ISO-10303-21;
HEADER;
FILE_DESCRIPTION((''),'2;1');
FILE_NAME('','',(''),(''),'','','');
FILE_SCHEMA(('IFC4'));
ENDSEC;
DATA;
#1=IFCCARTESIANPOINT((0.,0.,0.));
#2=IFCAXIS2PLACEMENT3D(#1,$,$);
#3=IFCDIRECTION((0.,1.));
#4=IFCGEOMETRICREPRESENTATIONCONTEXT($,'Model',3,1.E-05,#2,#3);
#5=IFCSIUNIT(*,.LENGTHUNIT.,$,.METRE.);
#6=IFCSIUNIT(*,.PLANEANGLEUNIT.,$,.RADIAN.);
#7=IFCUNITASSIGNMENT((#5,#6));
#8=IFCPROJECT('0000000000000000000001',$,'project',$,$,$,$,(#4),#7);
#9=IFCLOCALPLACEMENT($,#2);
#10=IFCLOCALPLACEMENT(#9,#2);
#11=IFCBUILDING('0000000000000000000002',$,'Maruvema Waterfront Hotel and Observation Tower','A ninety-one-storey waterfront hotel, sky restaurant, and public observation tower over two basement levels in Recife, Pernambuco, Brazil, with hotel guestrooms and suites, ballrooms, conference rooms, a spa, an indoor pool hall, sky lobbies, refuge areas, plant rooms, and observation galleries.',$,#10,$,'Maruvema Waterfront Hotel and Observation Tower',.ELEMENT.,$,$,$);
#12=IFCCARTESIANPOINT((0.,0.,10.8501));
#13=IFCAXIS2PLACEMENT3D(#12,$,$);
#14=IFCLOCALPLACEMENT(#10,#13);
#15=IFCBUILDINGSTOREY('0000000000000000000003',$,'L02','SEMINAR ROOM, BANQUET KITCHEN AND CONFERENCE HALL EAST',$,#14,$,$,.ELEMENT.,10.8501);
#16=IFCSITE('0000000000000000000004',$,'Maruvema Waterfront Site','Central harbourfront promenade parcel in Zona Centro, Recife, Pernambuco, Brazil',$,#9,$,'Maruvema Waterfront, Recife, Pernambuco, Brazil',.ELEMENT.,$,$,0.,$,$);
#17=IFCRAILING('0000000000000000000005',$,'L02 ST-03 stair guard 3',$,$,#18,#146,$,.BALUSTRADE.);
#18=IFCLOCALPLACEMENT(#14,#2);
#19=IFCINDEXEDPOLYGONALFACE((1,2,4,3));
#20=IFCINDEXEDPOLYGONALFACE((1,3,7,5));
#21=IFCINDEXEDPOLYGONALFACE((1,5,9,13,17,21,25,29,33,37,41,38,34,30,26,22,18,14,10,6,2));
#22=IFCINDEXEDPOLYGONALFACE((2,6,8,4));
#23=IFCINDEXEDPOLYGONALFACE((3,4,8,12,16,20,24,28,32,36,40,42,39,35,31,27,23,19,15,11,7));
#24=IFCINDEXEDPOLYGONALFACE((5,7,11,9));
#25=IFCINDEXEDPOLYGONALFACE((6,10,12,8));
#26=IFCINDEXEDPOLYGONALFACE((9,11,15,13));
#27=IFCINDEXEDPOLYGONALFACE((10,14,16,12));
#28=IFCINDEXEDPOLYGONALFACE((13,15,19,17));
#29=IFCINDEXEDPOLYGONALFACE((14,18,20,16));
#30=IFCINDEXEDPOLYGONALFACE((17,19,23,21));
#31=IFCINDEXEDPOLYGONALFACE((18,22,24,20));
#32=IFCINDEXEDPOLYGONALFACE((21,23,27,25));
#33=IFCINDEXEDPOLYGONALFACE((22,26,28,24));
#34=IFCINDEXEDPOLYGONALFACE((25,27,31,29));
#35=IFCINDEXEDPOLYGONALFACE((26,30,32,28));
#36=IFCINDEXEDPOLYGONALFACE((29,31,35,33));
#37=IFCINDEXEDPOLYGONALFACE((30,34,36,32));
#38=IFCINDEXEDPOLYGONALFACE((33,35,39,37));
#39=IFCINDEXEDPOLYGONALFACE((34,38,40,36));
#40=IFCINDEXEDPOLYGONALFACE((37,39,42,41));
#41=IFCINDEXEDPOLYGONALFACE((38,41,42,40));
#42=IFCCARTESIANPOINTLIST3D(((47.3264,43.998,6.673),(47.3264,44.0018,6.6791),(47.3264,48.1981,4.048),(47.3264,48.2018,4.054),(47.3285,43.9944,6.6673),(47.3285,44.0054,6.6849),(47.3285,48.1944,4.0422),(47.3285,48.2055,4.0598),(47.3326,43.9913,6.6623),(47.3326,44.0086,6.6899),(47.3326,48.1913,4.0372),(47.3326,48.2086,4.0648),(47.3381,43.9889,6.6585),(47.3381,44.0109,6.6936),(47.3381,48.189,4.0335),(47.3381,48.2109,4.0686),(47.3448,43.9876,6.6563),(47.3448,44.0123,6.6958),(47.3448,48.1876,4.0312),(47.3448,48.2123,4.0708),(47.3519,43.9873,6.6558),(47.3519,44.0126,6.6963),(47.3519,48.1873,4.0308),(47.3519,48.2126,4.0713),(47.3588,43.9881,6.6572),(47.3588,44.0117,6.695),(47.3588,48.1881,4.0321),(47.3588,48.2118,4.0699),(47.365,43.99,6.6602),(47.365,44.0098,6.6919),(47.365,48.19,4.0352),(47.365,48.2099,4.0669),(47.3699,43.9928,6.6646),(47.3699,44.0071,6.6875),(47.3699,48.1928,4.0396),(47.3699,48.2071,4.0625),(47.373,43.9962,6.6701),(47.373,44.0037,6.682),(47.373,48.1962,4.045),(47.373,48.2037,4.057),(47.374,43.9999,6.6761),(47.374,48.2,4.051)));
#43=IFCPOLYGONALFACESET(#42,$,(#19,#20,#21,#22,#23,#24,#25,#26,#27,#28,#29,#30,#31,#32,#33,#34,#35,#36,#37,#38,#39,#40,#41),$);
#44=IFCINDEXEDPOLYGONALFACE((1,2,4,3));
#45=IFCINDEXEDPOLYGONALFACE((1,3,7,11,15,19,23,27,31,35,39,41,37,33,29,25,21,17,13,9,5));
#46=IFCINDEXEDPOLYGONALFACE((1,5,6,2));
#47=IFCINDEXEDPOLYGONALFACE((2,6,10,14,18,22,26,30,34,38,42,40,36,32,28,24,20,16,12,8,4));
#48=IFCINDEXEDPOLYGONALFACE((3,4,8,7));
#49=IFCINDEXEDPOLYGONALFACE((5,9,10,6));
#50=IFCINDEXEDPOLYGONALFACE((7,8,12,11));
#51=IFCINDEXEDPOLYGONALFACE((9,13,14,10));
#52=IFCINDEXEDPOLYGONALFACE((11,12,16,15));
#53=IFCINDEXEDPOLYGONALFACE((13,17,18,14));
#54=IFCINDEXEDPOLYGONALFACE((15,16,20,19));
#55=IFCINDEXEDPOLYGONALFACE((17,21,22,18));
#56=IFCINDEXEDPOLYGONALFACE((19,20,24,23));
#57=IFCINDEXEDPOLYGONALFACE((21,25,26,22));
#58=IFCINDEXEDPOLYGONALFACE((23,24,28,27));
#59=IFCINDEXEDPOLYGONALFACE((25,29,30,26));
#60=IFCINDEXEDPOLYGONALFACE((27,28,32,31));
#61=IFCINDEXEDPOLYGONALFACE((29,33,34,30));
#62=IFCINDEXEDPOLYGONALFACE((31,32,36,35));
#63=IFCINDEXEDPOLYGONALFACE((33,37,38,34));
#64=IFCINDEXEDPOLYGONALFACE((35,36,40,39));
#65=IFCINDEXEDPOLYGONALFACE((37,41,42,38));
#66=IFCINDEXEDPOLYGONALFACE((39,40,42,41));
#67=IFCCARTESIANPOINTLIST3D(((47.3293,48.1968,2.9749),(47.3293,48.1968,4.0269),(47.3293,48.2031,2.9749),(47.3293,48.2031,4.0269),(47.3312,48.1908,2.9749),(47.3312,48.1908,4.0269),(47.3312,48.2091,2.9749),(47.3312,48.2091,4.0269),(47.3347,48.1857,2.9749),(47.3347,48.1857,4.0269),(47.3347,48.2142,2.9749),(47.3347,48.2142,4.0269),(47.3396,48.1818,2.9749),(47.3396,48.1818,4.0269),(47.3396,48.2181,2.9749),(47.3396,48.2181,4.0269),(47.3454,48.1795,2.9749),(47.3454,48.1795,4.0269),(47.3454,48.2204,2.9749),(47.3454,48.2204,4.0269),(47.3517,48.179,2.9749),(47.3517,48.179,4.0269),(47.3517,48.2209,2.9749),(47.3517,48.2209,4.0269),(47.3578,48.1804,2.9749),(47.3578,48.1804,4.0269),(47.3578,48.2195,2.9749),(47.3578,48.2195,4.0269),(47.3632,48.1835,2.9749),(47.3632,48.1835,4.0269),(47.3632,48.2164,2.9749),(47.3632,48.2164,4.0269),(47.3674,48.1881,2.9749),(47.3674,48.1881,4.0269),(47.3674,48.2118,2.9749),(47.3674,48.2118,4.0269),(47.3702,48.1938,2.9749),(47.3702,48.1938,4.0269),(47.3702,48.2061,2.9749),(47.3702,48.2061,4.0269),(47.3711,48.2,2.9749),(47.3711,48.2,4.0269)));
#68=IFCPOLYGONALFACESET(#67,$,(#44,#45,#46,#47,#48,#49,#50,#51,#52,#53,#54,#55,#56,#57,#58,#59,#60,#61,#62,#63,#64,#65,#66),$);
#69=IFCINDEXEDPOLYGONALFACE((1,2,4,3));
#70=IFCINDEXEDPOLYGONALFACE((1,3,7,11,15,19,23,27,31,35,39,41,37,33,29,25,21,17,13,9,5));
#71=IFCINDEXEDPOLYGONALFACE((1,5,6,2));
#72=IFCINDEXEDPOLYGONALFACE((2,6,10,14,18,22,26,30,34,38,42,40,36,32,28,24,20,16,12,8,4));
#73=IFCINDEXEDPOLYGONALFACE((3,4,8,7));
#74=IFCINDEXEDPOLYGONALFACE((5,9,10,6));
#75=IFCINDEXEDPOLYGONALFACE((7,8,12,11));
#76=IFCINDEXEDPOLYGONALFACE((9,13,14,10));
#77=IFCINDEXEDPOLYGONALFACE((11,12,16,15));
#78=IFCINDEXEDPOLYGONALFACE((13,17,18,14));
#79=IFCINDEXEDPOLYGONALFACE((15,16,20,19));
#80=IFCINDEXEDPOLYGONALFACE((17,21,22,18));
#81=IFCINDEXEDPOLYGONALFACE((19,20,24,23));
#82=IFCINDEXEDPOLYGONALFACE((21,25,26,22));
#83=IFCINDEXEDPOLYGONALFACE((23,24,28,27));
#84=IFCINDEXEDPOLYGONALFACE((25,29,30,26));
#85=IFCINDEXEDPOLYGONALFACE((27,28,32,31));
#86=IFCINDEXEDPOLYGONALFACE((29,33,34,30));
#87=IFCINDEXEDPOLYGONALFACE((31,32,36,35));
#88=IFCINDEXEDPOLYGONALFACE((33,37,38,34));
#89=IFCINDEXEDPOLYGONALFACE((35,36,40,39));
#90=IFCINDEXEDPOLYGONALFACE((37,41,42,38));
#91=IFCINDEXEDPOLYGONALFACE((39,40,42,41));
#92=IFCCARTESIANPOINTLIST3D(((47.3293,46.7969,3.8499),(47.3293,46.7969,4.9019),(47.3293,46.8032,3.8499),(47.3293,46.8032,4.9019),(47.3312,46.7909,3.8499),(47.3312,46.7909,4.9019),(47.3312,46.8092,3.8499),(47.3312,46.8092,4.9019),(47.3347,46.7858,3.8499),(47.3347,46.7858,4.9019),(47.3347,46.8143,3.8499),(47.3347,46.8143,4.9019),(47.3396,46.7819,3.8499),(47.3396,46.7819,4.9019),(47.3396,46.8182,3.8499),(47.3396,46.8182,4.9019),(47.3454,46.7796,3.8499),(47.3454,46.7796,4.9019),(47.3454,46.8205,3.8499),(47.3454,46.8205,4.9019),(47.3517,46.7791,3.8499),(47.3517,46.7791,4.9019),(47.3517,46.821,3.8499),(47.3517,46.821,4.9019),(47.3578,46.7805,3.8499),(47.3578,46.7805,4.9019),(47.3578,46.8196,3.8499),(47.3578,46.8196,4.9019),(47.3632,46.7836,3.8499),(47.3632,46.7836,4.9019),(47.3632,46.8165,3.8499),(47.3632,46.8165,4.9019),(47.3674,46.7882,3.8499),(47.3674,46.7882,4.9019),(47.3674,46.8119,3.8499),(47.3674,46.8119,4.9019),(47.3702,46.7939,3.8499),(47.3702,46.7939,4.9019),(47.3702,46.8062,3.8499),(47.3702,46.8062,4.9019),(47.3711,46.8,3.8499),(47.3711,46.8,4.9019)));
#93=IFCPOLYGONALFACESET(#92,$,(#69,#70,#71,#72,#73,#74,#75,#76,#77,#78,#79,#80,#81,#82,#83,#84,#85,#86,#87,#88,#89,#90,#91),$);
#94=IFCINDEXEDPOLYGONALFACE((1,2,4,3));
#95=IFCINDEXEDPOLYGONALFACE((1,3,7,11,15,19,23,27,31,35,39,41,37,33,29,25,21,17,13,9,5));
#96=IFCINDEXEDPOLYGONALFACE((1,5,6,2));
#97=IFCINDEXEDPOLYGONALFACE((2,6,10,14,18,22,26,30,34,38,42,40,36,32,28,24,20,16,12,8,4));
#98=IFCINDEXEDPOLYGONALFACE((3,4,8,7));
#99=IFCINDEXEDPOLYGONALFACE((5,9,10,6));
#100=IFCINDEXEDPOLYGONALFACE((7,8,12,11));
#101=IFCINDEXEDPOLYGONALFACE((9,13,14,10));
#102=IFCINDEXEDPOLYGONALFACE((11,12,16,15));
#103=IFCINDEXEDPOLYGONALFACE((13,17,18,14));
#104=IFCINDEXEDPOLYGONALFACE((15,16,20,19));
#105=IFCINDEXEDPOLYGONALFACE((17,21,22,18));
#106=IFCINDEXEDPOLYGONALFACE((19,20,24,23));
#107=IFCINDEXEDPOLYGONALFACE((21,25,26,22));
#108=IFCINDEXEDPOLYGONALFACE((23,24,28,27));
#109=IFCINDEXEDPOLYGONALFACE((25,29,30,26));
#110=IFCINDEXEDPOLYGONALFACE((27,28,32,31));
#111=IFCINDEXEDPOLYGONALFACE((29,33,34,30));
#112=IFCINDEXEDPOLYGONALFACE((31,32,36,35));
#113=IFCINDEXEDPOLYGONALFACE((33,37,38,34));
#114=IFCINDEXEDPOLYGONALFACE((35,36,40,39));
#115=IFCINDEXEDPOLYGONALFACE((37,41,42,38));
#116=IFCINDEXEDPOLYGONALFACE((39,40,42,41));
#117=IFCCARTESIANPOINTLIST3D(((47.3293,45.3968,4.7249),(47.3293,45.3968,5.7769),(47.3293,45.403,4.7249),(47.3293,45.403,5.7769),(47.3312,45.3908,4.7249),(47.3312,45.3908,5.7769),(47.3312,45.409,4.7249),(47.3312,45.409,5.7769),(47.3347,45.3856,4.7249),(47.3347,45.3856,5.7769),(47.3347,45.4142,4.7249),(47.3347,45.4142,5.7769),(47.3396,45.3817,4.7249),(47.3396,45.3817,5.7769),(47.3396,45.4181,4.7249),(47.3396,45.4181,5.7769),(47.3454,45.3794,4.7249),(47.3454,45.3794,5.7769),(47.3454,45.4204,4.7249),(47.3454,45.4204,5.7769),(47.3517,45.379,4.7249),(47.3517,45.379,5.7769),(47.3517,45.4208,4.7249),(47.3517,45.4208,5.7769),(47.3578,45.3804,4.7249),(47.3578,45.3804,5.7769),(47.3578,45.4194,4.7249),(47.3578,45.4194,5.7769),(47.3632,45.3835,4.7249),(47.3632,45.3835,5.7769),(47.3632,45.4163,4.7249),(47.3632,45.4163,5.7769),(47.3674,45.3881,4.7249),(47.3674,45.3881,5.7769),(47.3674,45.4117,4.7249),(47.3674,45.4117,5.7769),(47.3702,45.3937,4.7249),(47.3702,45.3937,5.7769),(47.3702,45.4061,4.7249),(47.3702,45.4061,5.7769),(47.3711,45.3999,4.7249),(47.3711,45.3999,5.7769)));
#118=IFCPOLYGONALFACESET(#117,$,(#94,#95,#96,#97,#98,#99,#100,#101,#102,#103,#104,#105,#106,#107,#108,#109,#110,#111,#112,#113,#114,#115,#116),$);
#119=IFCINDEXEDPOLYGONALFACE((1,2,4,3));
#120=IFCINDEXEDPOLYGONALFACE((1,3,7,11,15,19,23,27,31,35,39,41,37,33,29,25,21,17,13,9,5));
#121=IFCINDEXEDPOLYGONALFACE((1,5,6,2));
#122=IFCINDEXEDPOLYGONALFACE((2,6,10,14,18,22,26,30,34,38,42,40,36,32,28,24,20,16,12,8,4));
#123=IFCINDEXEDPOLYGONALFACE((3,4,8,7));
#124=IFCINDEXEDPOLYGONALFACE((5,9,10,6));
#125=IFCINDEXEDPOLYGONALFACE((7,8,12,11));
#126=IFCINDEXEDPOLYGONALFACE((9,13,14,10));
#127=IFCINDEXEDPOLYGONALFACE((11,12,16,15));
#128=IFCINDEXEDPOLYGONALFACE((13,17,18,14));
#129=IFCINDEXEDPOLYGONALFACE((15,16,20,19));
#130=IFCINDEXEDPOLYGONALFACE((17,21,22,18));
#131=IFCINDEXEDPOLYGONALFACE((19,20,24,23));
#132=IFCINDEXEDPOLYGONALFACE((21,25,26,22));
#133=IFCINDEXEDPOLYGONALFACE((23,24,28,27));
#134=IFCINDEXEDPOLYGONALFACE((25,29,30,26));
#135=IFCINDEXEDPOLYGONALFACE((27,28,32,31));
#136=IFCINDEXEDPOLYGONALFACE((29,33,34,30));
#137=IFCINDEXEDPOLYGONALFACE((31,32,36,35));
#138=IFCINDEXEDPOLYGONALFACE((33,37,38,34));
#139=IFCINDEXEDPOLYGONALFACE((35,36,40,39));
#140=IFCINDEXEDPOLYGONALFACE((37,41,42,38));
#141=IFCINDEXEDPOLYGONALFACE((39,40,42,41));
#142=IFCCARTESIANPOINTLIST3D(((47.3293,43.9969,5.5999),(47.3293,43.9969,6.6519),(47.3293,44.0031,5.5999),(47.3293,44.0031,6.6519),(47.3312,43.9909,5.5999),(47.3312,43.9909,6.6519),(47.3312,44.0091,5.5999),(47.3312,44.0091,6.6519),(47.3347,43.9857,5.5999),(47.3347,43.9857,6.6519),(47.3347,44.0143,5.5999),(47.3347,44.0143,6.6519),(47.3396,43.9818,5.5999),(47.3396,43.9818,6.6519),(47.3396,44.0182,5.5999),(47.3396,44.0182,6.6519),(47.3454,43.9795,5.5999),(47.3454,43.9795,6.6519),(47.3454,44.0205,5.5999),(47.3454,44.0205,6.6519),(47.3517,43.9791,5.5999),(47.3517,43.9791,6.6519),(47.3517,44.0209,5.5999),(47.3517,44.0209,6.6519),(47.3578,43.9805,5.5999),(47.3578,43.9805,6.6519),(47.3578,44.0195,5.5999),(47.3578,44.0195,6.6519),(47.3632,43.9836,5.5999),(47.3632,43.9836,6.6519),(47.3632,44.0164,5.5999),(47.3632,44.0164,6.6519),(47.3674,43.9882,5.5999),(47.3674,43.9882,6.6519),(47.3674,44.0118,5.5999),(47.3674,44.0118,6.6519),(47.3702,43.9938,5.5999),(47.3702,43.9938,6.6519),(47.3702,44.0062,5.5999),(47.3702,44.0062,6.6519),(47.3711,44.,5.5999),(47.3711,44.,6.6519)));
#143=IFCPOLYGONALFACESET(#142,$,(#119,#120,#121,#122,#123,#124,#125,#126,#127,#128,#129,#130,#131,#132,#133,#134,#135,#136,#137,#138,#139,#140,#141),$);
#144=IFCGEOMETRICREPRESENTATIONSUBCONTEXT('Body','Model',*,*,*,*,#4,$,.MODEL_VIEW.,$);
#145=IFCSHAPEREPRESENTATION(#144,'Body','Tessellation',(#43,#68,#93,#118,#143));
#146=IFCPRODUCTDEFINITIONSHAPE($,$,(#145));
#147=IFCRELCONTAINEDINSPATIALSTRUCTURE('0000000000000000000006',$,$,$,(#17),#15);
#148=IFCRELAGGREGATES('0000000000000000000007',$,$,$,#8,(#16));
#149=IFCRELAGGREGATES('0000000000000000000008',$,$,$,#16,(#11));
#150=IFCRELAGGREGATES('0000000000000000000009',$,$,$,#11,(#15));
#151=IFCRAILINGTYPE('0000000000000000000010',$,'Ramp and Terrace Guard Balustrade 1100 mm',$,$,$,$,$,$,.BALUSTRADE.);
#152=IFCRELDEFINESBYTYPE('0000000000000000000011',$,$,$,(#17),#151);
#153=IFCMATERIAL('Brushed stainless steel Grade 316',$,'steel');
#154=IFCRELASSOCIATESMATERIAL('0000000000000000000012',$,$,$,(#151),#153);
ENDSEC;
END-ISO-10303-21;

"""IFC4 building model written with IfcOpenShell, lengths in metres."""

from ifc_helpers import new_model, si_unit, direction, frame, origin, origin_2d, place, context, subcontext, project, spatial, circle, extrude, material, type_object, element, save


model = new_model("IFC4")

# Units and contexts
model_context = context("Model", 3, precision=1e-05, world=origin(), true_north=direction((0.0, 1.0)))
body_context = subcontext(model_context, "Body", "Model", "MODEL_VIEW")
ifc_project = project(units=[si_unit("LENGTHUNIT", "METRE"), si_unit("PLANEANGLEUNIT", "RADIAN")], contexts=[model_context])

# Site, building, storey
site_placement = place(None, origin())
site = spatial("IfcSite", under=ifc_project, at=site_placement, Name="Maruvema Waterfront Site", Description="Central harbourfront promenade parcel in Zona Centro, Recife, Pernambuco, Brazil", LongName="Maruvema Waterfront, Recife, Pernambuco, Brazil", CompositionType="ELEMENT", RefElevation=0.0)
building_placement = place(site_placement, origin())
building = spatial("IfcBuilding", under=site, at=building_placement, Name="Maruvema Waterfront Hotel and Observation Tower", Description="A ninety-one-storey waterfront hotel, sky restaurant, and public observation tower over two basement levels in Recife, Pernambuco, Brazil, with hotel guestrooms and suites, ballrooms, conference rooms, a spa, an indoor pool hall, sky lobbies, refuge areas, plant rooms, and observation galleries.", LongName="Maruvema Waterfront Hotel and Observation Tower", CompositionType="ELEMENT")
storey_placement = place(building_placement, frame((0.0, 0.0, 10.8501)))
storey = spatial("IfcBuildingStorey", under=building, at=storey_placement, Name="L02", Description="SEMINAR ROOM, BANQUET KITCHEN AND CONFERENCE HALL EAST", CompositionType="ELEMENT", Elevation=10.8501)

# Railing
ifc_material_1 = material(Name="Brushed stainless steel Grade 316", Category="steel")
railing_type_1 = type_object("IfcRailingType", Name="Ramp and Terrace Guard Balustrade 1100 mm", PredefinedType="BALUSTRADE", material=ifc_material_1)
railing_1_placement = place(storey_placement, frame((47.3501, 48.2, 2.9749)))
element("IfcRailing", 1, at=railing_1_placement, inside=storey, type_object=railing_type_1, Name="L02 ST-03 stair guard 3", PredefinedType="BALUSTRADE", context=body_context, shape_type="SweptSolid", body=[
    extrude(circle(Radius=0.0239, at=origin_2d()), frame((0.0, 0.0, 1.0762), z_axis=(0.0, -0.847996, 0.530003), x_axis=(1.0, 0.0, 0.0)), (0.0, 0.0, 1.0), 4.9529),
    extrude(circle(Radius=0.021, at=origin_2d()), origin(), (0.0, 0.0, 1.0), 1.052),
    extrude(circle(Radius=0.021, at=origin_2d()), frame((0.0, -1.3999, 0.875)), (0.0, 0.0, 1.0), 1.052),
    extrude(circle(Radius=0.021, at=origin_2d()), frame((0.0, -2.8, 1.75)), (0.0, 0.0, 1.0), 1.052),
    extrude(circle(Radius=0.021, at=origin_2d()), frame((0.0, -4.2, 2.625)), (0.0, 0.0, 1.0), 1.052),
])

save(model, "model.ifc")
